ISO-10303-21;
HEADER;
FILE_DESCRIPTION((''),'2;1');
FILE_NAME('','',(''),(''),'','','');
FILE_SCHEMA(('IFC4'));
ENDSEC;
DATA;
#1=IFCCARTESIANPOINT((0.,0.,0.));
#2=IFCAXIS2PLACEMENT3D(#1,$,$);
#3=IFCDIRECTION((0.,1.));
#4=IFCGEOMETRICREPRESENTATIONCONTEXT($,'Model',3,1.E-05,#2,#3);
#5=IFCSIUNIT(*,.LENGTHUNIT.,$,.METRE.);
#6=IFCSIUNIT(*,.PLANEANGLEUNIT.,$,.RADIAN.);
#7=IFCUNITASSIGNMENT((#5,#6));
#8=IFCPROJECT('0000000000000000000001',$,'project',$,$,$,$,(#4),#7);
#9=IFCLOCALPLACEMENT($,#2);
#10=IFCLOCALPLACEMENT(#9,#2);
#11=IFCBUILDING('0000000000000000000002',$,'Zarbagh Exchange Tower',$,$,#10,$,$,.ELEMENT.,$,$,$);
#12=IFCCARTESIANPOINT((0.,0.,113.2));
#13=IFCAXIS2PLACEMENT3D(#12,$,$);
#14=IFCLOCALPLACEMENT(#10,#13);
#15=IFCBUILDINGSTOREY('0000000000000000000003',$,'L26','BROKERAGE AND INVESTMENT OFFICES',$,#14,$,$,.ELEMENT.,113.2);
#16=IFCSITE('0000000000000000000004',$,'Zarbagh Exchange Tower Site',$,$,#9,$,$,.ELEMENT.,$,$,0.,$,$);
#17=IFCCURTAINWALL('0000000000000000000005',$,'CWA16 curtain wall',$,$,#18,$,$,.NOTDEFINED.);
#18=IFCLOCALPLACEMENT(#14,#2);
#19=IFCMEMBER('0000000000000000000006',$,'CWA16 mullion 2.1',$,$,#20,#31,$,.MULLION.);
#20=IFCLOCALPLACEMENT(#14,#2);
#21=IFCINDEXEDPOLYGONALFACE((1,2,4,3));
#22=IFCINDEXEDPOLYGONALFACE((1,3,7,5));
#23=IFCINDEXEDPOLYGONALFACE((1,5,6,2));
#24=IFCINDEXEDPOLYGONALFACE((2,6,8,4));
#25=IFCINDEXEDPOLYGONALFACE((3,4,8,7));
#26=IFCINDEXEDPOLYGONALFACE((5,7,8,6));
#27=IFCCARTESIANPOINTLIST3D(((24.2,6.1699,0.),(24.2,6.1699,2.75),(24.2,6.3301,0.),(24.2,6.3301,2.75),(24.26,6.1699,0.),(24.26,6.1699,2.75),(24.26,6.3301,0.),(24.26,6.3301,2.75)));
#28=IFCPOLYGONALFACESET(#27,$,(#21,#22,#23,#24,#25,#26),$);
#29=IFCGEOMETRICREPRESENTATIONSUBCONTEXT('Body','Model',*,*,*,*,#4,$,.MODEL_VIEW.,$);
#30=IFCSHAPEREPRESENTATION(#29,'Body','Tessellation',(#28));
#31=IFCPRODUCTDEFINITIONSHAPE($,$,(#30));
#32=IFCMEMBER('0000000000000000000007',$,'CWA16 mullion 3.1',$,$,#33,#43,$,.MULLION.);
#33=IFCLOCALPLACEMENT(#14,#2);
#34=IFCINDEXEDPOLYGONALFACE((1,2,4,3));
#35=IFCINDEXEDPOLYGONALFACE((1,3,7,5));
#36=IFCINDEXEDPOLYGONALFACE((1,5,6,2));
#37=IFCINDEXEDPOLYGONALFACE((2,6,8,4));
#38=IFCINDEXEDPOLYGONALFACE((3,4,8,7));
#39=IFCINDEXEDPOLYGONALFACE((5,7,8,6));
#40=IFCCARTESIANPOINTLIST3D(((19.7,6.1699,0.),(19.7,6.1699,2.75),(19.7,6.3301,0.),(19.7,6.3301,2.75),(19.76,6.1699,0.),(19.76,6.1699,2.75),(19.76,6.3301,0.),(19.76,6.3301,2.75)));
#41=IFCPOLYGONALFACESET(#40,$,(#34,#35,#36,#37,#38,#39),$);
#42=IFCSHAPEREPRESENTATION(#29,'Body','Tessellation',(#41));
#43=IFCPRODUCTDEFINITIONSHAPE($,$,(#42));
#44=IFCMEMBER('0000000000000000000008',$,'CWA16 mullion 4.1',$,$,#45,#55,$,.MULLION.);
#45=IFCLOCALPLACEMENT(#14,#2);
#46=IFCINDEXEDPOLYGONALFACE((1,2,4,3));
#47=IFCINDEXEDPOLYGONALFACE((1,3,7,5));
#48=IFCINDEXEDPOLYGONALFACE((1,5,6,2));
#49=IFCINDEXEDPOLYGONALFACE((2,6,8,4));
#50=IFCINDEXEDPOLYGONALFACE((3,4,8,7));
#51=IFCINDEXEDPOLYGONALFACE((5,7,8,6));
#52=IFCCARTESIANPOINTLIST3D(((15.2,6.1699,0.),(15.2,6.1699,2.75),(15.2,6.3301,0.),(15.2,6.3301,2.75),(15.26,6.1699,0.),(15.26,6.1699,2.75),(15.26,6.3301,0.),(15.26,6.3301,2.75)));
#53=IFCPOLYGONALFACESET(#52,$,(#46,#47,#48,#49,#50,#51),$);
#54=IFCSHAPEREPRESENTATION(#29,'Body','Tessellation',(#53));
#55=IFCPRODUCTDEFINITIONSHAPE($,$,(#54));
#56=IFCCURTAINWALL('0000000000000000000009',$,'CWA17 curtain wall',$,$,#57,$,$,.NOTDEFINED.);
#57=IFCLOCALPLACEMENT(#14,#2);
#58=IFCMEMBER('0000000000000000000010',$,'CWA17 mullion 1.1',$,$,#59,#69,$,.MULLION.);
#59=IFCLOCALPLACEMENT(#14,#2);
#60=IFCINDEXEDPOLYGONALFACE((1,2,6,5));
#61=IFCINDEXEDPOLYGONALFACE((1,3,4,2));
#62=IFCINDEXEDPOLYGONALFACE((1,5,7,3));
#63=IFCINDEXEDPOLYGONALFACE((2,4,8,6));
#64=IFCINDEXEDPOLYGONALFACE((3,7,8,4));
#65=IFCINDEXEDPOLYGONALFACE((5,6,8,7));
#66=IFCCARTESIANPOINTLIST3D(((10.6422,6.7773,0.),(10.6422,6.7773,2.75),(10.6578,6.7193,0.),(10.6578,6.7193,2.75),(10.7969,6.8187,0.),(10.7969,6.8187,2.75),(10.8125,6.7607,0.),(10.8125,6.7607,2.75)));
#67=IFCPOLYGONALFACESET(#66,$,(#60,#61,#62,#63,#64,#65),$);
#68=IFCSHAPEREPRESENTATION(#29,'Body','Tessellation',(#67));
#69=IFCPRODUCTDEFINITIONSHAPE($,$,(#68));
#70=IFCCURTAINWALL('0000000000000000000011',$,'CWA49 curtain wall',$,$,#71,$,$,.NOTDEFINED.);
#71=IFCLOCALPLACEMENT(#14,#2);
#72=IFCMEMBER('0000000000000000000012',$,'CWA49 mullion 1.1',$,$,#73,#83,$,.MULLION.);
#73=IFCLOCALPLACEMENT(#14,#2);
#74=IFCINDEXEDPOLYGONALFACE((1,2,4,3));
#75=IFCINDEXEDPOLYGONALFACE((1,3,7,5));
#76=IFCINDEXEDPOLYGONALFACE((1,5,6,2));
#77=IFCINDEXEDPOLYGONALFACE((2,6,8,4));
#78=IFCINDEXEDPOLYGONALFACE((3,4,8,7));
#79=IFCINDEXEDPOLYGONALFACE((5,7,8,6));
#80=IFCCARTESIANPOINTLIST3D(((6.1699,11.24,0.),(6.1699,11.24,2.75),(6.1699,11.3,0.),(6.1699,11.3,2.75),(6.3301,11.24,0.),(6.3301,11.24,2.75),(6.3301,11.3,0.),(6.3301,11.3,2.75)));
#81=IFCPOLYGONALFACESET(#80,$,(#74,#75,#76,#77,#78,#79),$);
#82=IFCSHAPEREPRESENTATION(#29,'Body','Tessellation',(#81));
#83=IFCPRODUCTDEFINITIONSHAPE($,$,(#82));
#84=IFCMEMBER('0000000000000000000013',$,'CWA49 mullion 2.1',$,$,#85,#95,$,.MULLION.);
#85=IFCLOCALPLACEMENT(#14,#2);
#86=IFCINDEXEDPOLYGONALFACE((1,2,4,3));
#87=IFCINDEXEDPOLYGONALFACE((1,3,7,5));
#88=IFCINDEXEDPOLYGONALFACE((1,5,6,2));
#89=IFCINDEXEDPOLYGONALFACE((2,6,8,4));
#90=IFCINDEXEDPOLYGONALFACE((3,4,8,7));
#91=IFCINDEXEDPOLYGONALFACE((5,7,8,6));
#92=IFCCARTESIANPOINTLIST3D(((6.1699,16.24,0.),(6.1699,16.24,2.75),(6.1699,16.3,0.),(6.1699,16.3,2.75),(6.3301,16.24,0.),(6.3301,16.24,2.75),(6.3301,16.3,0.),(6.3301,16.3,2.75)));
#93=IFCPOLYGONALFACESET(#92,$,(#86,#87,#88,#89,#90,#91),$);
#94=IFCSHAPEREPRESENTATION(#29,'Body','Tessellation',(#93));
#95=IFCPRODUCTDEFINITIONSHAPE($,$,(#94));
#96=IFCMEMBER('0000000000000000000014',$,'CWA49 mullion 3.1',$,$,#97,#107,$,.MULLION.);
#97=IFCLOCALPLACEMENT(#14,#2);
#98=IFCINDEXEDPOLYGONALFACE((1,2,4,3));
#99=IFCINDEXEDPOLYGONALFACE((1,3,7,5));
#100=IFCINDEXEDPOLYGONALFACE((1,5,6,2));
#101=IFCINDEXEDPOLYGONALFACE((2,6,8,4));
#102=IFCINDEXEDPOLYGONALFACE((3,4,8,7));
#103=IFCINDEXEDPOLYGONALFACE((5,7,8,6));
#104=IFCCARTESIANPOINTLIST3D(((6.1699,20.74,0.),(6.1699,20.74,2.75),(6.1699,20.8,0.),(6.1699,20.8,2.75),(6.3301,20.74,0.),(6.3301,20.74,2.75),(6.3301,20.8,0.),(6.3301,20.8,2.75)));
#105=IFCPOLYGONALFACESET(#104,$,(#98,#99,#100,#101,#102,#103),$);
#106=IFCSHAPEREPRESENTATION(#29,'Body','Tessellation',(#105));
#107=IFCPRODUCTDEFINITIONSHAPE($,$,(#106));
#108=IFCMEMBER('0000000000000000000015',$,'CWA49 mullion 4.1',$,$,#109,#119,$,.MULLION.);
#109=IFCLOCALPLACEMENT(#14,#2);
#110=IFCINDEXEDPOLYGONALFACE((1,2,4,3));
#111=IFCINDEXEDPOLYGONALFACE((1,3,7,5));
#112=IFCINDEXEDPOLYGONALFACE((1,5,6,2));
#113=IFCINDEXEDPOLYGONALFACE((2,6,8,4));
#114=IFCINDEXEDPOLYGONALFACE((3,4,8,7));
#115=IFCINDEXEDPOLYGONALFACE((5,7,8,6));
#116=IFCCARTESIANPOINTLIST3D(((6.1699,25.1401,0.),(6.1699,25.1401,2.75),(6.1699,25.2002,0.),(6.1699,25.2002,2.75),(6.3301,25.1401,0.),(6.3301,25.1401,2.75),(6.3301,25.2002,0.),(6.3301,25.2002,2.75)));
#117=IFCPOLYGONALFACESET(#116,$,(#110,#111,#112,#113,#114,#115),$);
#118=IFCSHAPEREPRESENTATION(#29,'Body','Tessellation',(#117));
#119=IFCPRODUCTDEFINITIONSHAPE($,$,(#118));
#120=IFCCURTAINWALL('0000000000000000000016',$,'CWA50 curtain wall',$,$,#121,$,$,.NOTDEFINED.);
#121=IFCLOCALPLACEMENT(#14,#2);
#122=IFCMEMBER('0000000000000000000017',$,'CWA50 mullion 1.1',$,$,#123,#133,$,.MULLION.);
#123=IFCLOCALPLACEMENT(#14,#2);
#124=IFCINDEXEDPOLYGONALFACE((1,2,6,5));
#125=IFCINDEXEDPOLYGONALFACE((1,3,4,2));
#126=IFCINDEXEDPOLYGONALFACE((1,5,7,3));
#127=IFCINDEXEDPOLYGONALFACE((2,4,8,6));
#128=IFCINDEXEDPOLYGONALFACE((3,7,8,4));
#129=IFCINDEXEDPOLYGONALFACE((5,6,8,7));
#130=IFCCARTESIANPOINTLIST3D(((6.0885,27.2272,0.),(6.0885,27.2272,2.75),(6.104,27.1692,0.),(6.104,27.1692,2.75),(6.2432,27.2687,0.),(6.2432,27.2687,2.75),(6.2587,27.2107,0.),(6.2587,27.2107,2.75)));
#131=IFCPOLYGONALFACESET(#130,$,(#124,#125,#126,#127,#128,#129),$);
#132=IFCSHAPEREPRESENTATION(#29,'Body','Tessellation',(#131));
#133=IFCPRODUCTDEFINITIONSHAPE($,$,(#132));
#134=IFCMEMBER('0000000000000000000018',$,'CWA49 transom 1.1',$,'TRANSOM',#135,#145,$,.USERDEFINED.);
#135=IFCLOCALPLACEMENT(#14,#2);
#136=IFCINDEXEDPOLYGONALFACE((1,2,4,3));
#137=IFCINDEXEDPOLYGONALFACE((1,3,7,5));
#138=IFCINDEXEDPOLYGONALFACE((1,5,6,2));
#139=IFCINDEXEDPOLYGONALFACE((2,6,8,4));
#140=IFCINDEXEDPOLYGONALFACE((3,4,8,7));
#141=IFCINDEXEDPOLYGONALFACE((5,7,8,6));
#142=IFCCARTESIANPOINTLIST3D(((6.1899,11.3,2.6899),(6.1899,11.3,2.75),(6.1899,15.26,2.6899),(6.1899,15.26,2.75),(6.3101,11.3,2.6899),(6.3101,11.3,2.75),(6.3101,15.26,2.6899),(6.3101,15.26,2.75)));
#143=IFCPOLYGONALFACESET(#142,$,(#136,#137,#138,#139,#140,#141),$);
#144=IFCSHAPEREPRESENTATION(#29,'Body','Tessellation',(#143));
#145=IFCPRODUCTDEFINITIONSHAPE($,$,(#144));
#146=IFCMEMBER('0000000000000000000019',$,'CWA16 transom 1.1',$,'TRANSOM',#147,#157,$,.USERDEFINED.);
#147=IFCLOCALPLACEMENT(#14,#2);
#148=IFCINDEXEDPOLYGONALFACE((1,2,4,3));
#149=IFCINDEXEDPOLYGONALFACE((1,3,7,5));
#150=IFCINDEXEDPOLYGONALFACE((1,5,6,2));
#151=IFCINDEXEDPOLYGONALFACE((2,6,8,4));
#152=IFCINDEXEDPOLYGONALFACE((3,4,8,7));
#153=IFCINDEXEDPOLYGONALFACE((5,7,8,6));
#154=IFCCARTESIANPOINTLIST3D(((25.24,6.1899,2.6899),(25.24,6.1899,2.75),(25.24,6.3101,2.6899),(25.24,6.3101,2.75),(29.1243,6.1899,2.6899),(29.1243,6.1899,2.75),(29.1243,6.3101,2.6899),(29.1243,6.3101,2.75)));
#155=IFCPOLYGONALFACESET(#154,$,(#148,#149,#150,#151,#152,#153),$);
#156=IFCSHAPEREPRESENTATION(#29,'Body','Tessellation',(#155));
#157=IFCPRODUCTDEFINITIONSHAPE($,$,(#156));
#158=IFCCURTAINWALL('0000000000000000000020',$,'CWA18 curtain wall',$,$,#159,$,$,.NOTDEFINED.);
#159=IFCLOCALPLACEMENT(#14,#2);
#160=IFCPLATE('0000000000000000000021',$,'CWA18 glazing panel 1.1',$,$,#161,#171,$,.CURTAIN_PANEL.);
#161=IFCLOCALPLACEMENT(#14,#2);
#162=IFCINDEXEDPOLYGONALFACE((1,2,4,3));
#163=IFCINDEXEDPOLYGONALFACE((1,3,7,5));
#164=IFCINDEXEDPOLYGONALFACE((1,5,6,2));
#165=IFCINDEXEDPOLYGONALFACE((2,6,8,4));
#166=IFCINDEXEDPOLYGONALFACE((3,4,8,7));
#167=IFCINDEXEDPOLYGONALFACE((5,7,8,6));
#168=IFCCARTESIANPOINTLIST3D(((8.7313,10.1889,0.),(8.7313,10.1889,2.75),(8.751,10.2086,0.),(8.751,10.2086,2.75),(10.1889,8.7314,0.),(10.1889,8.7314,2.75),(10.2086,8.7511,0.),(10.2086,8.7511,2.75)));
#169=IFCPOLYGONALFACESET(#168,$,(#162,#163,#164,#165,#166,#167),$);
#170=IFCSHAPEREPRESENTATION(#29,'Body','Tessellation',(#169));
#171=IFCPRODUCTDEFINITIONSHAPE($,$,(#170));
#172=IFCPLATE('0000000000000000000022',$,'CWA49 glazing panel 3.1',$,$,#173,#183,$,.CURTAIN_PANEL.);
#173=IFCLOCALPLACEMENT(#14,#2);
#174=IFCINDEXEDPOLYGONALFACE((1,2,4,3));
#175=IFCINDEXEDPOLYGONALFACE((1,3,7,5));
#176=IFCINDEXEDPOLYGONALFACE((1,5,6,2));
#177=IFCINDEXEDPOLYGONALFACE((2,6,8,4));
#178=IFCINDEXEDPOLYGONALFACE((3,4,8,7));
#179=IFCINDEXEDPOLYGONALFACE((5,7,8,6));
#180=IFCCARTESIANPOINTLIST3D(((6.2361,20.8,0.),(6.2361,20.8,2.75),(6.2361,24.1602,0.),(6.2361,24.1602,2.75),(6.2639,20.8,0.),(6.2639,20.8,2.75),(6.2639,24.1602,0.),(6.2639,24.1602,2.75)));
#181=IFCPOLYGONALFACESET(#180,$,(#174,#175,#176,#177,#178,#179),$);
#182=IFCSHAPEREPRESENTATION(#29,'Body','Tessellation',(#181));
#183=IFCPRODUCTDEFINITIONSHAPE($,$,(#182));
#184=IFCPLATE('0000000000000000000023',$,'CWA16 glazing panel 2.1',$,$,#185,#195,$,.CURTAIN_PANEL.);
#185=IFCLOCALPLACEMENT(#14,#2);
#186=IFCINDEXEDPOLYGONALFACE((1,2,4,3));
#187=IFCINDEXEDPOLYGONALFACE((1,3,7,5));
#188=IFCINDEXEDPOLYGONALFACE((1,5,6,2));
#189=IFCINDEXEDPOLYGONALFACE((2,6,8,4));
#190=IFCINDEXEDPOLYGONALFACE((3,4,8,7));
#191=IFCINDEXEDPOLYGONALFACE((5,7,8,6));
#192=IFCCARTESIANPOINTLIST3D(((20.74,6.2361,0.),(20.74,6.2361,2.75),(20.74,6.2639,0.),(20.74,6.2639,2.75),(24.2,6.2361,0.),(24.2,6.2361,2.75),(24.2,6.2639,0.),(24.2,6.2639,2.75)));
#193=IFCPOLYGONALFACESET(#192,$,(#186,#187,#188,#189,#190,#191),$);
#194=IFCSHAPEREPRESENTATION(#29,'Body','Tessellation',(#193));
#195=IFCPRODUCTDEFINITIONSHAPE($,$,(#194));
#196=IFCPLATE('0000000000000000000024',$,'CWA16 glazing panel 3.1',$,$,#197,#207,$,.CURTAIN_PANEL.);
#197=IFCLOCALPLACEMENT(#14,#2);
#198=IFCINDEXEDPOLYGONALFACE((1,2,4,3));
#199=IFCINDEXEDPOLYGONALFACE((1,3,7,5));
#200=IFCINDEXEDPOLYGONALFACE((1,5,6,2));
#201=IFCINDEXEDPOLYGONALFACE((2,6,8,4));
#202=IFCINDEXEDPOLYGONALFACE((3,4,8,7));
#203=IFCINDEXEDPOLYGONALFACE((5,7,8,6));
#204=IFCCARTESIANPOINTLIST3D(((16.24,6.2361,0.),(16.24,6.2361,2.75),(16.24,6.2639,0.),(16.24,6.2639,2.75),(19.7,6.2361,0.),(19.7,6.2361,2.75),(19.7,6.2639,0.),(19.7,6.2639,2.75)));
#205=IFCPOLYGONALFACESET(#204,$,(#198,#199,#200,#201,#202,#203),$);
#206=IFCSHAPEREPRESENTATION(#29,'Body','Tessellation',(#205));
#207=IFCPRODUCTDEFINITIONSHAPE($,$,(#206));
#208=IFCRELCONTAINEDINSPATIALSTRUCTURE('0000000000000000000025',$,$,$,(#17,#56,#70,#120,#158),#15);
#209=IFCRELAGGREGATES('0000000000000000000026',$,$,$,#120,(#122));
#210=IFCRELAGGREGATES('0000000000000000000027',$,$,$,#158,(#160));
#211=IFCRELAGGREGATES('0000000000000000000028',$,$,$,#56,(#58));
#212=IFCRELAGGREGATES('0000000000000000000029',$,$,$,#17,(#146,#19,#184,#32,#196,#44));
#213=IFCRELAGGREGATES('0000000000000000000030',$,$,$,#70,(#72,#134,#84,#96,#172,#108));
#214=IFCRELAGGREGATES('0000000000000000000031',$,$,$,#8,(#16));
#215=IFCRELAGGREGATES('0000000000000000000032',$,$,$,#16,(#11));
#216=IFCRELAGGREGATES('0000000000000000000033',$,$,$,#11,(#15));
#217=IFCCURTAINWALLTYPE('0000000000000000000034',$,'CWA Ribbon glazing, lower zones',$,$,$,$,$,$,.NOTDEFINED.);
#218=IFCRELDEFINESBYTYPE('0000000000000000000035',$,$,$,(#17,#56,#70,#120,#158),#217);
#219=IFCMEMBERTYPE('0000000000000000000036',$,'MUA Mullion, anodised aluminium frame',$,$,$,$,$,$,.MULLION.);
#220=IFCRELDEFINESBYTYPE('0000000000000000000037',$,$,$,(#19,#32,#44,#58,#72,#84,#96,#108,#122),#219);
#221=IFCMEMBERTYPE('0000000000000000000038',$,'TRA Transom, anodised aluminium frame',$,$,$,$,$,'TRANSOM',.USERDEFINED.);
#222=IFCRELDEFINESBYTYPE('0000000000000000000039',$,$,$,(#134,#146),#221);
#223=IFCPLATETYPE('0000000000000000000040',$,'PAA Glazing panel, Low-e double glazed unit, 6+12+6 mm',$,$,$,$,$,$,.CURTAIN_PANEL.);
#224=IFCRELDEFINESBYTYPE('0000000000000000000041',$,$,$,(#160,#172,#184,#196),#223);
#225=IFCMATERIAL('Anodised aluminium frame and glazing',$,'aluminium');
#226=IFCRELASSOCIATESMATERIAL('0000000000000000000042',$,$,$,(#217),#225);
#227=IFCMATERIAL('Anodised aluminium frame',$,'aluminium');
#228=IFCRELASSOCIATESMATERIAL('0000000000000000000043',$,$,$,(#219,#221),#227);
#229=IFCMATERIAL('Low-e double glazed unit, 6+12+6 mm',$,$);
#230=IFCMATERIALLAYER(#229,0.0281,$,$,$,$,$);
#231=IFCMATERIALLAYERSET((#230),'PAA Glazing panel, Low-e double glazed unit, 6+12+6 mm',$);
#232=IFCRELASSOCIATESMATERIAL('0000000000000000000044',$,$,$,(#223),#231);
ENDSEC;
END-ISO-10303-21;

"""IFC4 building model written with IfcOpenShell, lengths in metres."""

from ifc_helpers import new_model, si_unit, direction, frame, origin, place, context, subcontext, project, spatial, polyline, outline, extrude, source, transform, mapped, material, layer, layer_set, type_object, element, aggregate, save


model = new_model("IFC4")

# Units and contexts
model_context = context("Model", 3, precision=1e-05, world=origin(), true_north=direction((0.0, 1.0)))
body_context = subcontext(model_context, "Body", "Model", "MODEL_VIEW")
ifc_project = project(units=[si_unit("LENGTHUNIT", "METRE"), si_unit("PLANEANGLEUNIT", "RADIAN")], contexts=[model_context])

# Site, building, storey
site_placement = place(None, origin())
site = spatial("IfcSite", under=ifc_project, at=site_placement, Name="Zarbagh Exchange Tower Site", CompositionType="ELEMENT", RefElevation=0.0)
building_placement = place(site_placement, origin())
building = spatial("IfcBuilding", under=site, at=building_placement, Name="Zarbagh Exchange Tower", CompositionType="ELEMENT")
storey_placement = place(building_placement, frame((0.0, 0.0, 113.2)))
storey = spatial("IfcBuildingStorey", under=building, at=storey_placement, Name="L26", Description="BROKERAGE AND INVESTMENT OFFICES", CompositionType="ELEMENT", Elevation=113.2)

# Curtain wall, members
ifc_material_1 = material(Name="Anodised aluminium frame and glazing", Category="aluminium")
curtain_wall_type = type_object("IfcCurtainWallType", Name="CWA Ribbon glazing, lower zones", PredefinedType="NOTDEFINED", material=ifc_material_1)
curtain_wall_1_placement = place(storey_placement, origin())
curtain_wall_1 = element("IfcCurtainWall", 1, at=curtain_wall_1_placement, inside=storey, type_object=curtain_wall_type, Name="CWA16 curtain wall", PredefinedType="NOTDEFINED")
ifc_material_2 = material(Name="Anodised aluminium frame", Category="aluminium")
member_type_1 = type_object("IfcMemberType", Name="MUA Mullion, anodised aluminium frame", PredefinedType="MULLION", material=ifc_material_2)
shared_shape_1 = source(origin(), body_context, "Body", "SweptSolid", [
    extrude(outline(polyline([(0.0, -0.0801), (0.0601, -0.0801), (0.0601, 0.0801), (0.0, 0.0801), (0.0, -0.0801)])), origin(), (0.0, 0.0, 1.0), 2.75),
])
placement = place(storey_placement, origin())
member_1 = element("IfcMember", 2, at=placement, type_object=member_type_1, Name="CWA16 mullion 2.1", PredefinedType="MULLION", context=body_context, shape_type="MappedRepresentation", body=[
    mapped(shared_shape_1, transform((24.26, 6.25, 0.0), x_axis=(-1.0, 0.0, 0.0), y_axis=(0.0, -1.0, 0.0), z_axis=(0.0, 0.0, 1.0))),
])
member_2 = element("IfcMember", 3, at=placement, type_object=member_type_1, Name="CWA16 mullion 3.1", PredefinedType="MULLION", context=body_context, shape_type="MappedRepresentation", body=[
    mapped(shared_shape_1, transform((19.76, 6.25, 0.0), x_axis=(-1.0, 0.0, 0.0), y_axis=(0.0, -1.0, 0.0), z_axis=(0.0, 0.0, 1.0))),
])
member_3 = element("IfcMember", 4, at=placement, type_object=member_type_1, Name="CWA16 mullion 4.1", PredefinedType="MULLION", context=body_context, shape_type="MappedRepresentation", body=[
    mapped(shared_shape_1, transform((15.26, 6.25, 0.0), x_axis=(-1.0, 0.0, 0.0), y_axis=(0.0, -1.0, 0.0), z_axis=(0.0, 0.0, 1.0))),
])

# Curtain wall, member
curtain_wall_2_placement = place(storey_placement, origin())
curtain_wall_2 = element("IfcCurtainWall", 5, at=curtain_wall_2_placement, inside=storey, type_object=curtain_wall_type, Name="CWA17 curtain wall", PredefinedType="NOTDEFINED")
member_4 = element("IfcMember", 6, at=placement, type_object=member_type_1, Name="CWA17 mullion 1.1", PredefinedType="MULLION", context=body_context, shape_type="MappedRepresentation", body=[
    mapped(shared_shape_1, transform((10.7351, 6.74, 0.0), x_axis=(-0.258825, 0.965924, 0.0), y_axis=(-0.965924, -0.258825, 0.0), z_axis=(0.0, 0.0, 1.0))),
])

# Curtain wall, members
curtain_wall_3_placement = place(storey_placement, origin())
curtain_wall_3 = element("IfcCurtainWall", 7, at=curtain_wall_3_placement, inside=storey, type_object=curtain_wall_type, Name="CWA49 curtain wall", PredefinedType="NOTDEFINED")
member_5 = element("IfcMember", 8, at=placement, type_object=member_type_1, Name="CWA49 mullion 1.1", PredefinedType="MULLION", context=body_context, shape_type="MappedRepresentation", body=[
    mapped(shared_shape_1, transform((6.25, 11.24, 0.0), x_axis=(0.0, 1.0, 0.0), y_axis=(-1.0, 0.0, 0.0), z_axis=(0.0, 0.0, 1.0))),
])
member_6 = element("IfcMember", 9, at=placement, type_object=member_type_1, Name="CWA49 mullion 2.1", PredefinedType="MULLION", context=body_context, shape_type="MappedRepresentation", body=[
    mapped(shared_shape_1, transform((6.25, 16.24, 0.0), x_axis=(0.0, 1.0, 0.0), y_axis=(-1.0, 0.0, 0.0), z_axis=(0.0, 0.0, 1.0))),
])
member_7 = element("IfcMember", 10, at=placement, type_object=member_type_1, Name="CWA49 mullion 3.1", PredefinedType="MULLION", context=body_context, shape_type="MappedRepresentation", body=[
    mapped(shared_shape_1, transform((6.25, 20.74, 0.0), x_axis=(0.0, 1.0, 0.0), y_axis=(-1.0, 0.0, 0.0), z_axis=(0.0, 0.0, 1.0))),
])
member_8 = element("IfcMember", 11, at=placement, type_object=member_type_1, Name="CWA49 mullion 4.1", PredefinedType="MULLION", context=body_context, shape_type="MappedRepresentation", body=[
    mapped(shared_shape_1, transform((6.25, 25.1401, 0.0), x_axis=(0.0, 1.0, 0.0), y_axis=(-1.0, 0.0, 0.0), z_axis=(0.0, 0.0, 1.0))),
])

# Curtain wall, member
curtain_wall_4_placement = place(storey_placement, origin())
curtain_wall_4 = element("IfcCurtainWall", 12, at=curtain_wall_4_placement, inside=storey, type_object=curtain_wall_type, Name="CWA50 curtain wall", PredefinedType="NOTDEFINED")
member_9 = element("IfcMember", 13, at=placement, type_object=member_type_1, Name="CWA50 mullion 1.1", PredefinedType="MULLION", context=body_context, shape_type="MappedRepresentation", body=[
    mapped(shared_shape_1, transform((6.1814, 27.1899, 0.0), x_axis=(-0.258825, 0.965924, 0.0), y_axis=(-0.965924, -0.258825, 0.0), z_axis=(0.0, 0.0, 1.0))),
])
aggregate(curtain_wall_4, [member_9])

# Members
member_type_2 = type_object("IfcMemberType", Name="TRA Transom, anodised aluminium frame", ElementType="TRANSOM", PredefinedType="USERDEFINED", material=ifc_material_2)
shared_shape_2 = source(origin(), body_context, "Body", "SweptSolid", [
    extrude(outline(polyline([(-0.0601, -0.0601), (0.0, -0.0601), (0.0, 0.0601), (-0.0601, 0.0601), (-0.0601, -0.0601)])), origin(), (0.0, 0.0, 1.0), 3.96),
])
member_10 = element("IfcMember", 14, at=placement, type_object=member_type_2, Name="CWA49 transom 1.1", ObjectType="TRANSOM", PredefinedType="USERDEFINED", context=body_context, shape_type="MappedRepresentation", body=[
    mapped(shared_shape_2, transform((6.25, 11.3, 2.75), x_axis=(0.0, 0.0, 1.0), y_axis=(1.0, 0.0, 0.0), z_axis=(0.0, 1.0, 0.0))),
])
shared_shape_3 = source(origin(), body_context, "Body", "SweptSolid", [
    extrude(outline(polyline([(-0.0601, -0.0601), (0.0, -0.0601), (0.0, 0.0601), (-0.0601, 0.0601), (-0.0601, -0.0601)])), origin(), (0.0, 0.0, 1.0), 3.8843),
])
member_11 = element("IfcMember", 15, at=placement, type_object=member_type_2, Name="CWA16 transom 1.1", ObjectType="TRANSOM", PredefinedType="USERDEFINED", context=body_context, shape_type="MappedRepresentation", body=[
    mapped(shared_shape_3, transform((29.1243, 6.25, 2.75), x_axis=(0.0, 0.0, 1.0), y_axis=(0.0, 1.0, 0.0), z_axis=(-1.0, 0.0, 0.0))),
])

# Curtain wall, plate
curtain_wall_5_placement = place(storey_placement, origin())
curtain_wall_5 = element("IfcCurtainWall", 16, at=curtain_wall_5_placement, inside=storey, type_object=curtain_wall_type, Name="CWA18 curtain wall", PredefinedType="NOTDEFINED")
ifc_material_3 = material(Name="Low-e double glazed unit, 6+12+6 mm")
ifc_layer_1 = layer(ifc_material_3, 0.0281)
ifc_layer_set_1 = layer_set([ifc_layer_1], Name="PAA Glazing panel, Low-e double glazed unit, 6+12+6 mm")
plate_type = type_object("IfcPlateType", Name="PAA Glazing panel, Low-e double glazed unit, 6+12+6 mm", PredefinedType="CURTAIN_PANEL", material=ifc_layer_set_1)
shared_shape_4 = source(origin(), body_context, "Body", "SweptSolid", [
    extrude(outline(polyline([(0.0, -0.0139), (2.0613, -0.0139), (2.0613, 0.0139), (0.0, 0.0139), (0.0, -0.0139)])), origin(), (0.0, 0.0, 1.0), 2.75),
])
plate_1 = element("IfcPlate", 17, at=placement, type_object=plate_type, Name="CWA18 glazing panel 1.1", PredefinedType="CURTAIN_PANEL", context=body_context, shape_type="MappedRepresentation", body=[
    mapped(shared_shape_4, transform((10.1987, 8.7412, 0.0), x_axis=(-0.707107, 0.707107, 0.0), y_axis=(-0.707107, -0.707107, 0.0), z_axis=(0.0, 0.0, 1.0))),
])
aggregate(curtain_wall_5, [plate_1])

# Plates
shared_shape_5 = source(origin(), body_context, "Body", "SweptSolid", [
    extrude(outline(polyline([(0.0, -0.0139), (3.3601, -0.0139), (3.3601, 0.0139), (0.0, 0.0139), (0.0, -0.0139)])), origin(), (0.0, 0.0, 1.0), 2.75),
])
plate_2 = element("IfcPlate", 18, at=placement, type_object=plate_type, Name="CWA49 glazing panel 3.1", PredefinedType="CURTAIN_PANEL", context=body_context, shape_type="MappedRepresentation", body=[
    mapped(shared_shape_5, transform((6.25, 20.8, 0.0), x_axis=(0.0, 1.0, 0.0), y_axis=(-1.0, 0.0, 0.0), z_axis=(0.0, 0.0, 1.0))),
])
shared_shape_6 = source(origin(), body_context, "Body", "SweptSolid", [
    extrude(outline(polyline([(0.0, -0.0139), (3.46, -0.0139), (3.46, 0.0139), (0.0, 0.0139), (0.0, -0.0139)])), origin(), (0.0, 0.0, 1.0), 2.75),
])
plate_3 = element("IfcPlate", 19, at=placement, type_object=plate_type, Name="CWA16 glazing panel 2.1", PredefinedType="CURTAIN_PANEL", context=body_context, shape_type="MappedRepresentation", body=[
    mapped(shared_shape_6, transform((24.2, 6.25, 0.0), x_axis=(-1.0, 0.0, 0.0), y_axis=(0.0, -1.0, 0.0), z_axis=(0.0, 0.0, 1.0))),
])
plate_4 = element("IfcPlate", 20, at=placement, type_object=plate_type, Name="CWA16 glazing panel 3.1", PredefinedType="CURTAIN_PANEL", context=body_context, shape_type="MappedRepresentation", body=[
    mapped(shared_shape_6, transform((19.7, 6.25, 0.0), x_axis=(-1.0, 0.0, 0.0), y_axis=(0.0, -1.0, 0.0), z_axis=(0.0, 0.0, 1.0))),
])
aggregate(curtain_wall_2, [member_4])

aggregate(curtain_wall_1, [member_11, member_1, plate_3, member_2, plate_4, member_3])
aggregate(curtain_wall_3, [member_5, member_10, member_6, member_7, plate_2, member_8])

save(model, "model.ifc")
